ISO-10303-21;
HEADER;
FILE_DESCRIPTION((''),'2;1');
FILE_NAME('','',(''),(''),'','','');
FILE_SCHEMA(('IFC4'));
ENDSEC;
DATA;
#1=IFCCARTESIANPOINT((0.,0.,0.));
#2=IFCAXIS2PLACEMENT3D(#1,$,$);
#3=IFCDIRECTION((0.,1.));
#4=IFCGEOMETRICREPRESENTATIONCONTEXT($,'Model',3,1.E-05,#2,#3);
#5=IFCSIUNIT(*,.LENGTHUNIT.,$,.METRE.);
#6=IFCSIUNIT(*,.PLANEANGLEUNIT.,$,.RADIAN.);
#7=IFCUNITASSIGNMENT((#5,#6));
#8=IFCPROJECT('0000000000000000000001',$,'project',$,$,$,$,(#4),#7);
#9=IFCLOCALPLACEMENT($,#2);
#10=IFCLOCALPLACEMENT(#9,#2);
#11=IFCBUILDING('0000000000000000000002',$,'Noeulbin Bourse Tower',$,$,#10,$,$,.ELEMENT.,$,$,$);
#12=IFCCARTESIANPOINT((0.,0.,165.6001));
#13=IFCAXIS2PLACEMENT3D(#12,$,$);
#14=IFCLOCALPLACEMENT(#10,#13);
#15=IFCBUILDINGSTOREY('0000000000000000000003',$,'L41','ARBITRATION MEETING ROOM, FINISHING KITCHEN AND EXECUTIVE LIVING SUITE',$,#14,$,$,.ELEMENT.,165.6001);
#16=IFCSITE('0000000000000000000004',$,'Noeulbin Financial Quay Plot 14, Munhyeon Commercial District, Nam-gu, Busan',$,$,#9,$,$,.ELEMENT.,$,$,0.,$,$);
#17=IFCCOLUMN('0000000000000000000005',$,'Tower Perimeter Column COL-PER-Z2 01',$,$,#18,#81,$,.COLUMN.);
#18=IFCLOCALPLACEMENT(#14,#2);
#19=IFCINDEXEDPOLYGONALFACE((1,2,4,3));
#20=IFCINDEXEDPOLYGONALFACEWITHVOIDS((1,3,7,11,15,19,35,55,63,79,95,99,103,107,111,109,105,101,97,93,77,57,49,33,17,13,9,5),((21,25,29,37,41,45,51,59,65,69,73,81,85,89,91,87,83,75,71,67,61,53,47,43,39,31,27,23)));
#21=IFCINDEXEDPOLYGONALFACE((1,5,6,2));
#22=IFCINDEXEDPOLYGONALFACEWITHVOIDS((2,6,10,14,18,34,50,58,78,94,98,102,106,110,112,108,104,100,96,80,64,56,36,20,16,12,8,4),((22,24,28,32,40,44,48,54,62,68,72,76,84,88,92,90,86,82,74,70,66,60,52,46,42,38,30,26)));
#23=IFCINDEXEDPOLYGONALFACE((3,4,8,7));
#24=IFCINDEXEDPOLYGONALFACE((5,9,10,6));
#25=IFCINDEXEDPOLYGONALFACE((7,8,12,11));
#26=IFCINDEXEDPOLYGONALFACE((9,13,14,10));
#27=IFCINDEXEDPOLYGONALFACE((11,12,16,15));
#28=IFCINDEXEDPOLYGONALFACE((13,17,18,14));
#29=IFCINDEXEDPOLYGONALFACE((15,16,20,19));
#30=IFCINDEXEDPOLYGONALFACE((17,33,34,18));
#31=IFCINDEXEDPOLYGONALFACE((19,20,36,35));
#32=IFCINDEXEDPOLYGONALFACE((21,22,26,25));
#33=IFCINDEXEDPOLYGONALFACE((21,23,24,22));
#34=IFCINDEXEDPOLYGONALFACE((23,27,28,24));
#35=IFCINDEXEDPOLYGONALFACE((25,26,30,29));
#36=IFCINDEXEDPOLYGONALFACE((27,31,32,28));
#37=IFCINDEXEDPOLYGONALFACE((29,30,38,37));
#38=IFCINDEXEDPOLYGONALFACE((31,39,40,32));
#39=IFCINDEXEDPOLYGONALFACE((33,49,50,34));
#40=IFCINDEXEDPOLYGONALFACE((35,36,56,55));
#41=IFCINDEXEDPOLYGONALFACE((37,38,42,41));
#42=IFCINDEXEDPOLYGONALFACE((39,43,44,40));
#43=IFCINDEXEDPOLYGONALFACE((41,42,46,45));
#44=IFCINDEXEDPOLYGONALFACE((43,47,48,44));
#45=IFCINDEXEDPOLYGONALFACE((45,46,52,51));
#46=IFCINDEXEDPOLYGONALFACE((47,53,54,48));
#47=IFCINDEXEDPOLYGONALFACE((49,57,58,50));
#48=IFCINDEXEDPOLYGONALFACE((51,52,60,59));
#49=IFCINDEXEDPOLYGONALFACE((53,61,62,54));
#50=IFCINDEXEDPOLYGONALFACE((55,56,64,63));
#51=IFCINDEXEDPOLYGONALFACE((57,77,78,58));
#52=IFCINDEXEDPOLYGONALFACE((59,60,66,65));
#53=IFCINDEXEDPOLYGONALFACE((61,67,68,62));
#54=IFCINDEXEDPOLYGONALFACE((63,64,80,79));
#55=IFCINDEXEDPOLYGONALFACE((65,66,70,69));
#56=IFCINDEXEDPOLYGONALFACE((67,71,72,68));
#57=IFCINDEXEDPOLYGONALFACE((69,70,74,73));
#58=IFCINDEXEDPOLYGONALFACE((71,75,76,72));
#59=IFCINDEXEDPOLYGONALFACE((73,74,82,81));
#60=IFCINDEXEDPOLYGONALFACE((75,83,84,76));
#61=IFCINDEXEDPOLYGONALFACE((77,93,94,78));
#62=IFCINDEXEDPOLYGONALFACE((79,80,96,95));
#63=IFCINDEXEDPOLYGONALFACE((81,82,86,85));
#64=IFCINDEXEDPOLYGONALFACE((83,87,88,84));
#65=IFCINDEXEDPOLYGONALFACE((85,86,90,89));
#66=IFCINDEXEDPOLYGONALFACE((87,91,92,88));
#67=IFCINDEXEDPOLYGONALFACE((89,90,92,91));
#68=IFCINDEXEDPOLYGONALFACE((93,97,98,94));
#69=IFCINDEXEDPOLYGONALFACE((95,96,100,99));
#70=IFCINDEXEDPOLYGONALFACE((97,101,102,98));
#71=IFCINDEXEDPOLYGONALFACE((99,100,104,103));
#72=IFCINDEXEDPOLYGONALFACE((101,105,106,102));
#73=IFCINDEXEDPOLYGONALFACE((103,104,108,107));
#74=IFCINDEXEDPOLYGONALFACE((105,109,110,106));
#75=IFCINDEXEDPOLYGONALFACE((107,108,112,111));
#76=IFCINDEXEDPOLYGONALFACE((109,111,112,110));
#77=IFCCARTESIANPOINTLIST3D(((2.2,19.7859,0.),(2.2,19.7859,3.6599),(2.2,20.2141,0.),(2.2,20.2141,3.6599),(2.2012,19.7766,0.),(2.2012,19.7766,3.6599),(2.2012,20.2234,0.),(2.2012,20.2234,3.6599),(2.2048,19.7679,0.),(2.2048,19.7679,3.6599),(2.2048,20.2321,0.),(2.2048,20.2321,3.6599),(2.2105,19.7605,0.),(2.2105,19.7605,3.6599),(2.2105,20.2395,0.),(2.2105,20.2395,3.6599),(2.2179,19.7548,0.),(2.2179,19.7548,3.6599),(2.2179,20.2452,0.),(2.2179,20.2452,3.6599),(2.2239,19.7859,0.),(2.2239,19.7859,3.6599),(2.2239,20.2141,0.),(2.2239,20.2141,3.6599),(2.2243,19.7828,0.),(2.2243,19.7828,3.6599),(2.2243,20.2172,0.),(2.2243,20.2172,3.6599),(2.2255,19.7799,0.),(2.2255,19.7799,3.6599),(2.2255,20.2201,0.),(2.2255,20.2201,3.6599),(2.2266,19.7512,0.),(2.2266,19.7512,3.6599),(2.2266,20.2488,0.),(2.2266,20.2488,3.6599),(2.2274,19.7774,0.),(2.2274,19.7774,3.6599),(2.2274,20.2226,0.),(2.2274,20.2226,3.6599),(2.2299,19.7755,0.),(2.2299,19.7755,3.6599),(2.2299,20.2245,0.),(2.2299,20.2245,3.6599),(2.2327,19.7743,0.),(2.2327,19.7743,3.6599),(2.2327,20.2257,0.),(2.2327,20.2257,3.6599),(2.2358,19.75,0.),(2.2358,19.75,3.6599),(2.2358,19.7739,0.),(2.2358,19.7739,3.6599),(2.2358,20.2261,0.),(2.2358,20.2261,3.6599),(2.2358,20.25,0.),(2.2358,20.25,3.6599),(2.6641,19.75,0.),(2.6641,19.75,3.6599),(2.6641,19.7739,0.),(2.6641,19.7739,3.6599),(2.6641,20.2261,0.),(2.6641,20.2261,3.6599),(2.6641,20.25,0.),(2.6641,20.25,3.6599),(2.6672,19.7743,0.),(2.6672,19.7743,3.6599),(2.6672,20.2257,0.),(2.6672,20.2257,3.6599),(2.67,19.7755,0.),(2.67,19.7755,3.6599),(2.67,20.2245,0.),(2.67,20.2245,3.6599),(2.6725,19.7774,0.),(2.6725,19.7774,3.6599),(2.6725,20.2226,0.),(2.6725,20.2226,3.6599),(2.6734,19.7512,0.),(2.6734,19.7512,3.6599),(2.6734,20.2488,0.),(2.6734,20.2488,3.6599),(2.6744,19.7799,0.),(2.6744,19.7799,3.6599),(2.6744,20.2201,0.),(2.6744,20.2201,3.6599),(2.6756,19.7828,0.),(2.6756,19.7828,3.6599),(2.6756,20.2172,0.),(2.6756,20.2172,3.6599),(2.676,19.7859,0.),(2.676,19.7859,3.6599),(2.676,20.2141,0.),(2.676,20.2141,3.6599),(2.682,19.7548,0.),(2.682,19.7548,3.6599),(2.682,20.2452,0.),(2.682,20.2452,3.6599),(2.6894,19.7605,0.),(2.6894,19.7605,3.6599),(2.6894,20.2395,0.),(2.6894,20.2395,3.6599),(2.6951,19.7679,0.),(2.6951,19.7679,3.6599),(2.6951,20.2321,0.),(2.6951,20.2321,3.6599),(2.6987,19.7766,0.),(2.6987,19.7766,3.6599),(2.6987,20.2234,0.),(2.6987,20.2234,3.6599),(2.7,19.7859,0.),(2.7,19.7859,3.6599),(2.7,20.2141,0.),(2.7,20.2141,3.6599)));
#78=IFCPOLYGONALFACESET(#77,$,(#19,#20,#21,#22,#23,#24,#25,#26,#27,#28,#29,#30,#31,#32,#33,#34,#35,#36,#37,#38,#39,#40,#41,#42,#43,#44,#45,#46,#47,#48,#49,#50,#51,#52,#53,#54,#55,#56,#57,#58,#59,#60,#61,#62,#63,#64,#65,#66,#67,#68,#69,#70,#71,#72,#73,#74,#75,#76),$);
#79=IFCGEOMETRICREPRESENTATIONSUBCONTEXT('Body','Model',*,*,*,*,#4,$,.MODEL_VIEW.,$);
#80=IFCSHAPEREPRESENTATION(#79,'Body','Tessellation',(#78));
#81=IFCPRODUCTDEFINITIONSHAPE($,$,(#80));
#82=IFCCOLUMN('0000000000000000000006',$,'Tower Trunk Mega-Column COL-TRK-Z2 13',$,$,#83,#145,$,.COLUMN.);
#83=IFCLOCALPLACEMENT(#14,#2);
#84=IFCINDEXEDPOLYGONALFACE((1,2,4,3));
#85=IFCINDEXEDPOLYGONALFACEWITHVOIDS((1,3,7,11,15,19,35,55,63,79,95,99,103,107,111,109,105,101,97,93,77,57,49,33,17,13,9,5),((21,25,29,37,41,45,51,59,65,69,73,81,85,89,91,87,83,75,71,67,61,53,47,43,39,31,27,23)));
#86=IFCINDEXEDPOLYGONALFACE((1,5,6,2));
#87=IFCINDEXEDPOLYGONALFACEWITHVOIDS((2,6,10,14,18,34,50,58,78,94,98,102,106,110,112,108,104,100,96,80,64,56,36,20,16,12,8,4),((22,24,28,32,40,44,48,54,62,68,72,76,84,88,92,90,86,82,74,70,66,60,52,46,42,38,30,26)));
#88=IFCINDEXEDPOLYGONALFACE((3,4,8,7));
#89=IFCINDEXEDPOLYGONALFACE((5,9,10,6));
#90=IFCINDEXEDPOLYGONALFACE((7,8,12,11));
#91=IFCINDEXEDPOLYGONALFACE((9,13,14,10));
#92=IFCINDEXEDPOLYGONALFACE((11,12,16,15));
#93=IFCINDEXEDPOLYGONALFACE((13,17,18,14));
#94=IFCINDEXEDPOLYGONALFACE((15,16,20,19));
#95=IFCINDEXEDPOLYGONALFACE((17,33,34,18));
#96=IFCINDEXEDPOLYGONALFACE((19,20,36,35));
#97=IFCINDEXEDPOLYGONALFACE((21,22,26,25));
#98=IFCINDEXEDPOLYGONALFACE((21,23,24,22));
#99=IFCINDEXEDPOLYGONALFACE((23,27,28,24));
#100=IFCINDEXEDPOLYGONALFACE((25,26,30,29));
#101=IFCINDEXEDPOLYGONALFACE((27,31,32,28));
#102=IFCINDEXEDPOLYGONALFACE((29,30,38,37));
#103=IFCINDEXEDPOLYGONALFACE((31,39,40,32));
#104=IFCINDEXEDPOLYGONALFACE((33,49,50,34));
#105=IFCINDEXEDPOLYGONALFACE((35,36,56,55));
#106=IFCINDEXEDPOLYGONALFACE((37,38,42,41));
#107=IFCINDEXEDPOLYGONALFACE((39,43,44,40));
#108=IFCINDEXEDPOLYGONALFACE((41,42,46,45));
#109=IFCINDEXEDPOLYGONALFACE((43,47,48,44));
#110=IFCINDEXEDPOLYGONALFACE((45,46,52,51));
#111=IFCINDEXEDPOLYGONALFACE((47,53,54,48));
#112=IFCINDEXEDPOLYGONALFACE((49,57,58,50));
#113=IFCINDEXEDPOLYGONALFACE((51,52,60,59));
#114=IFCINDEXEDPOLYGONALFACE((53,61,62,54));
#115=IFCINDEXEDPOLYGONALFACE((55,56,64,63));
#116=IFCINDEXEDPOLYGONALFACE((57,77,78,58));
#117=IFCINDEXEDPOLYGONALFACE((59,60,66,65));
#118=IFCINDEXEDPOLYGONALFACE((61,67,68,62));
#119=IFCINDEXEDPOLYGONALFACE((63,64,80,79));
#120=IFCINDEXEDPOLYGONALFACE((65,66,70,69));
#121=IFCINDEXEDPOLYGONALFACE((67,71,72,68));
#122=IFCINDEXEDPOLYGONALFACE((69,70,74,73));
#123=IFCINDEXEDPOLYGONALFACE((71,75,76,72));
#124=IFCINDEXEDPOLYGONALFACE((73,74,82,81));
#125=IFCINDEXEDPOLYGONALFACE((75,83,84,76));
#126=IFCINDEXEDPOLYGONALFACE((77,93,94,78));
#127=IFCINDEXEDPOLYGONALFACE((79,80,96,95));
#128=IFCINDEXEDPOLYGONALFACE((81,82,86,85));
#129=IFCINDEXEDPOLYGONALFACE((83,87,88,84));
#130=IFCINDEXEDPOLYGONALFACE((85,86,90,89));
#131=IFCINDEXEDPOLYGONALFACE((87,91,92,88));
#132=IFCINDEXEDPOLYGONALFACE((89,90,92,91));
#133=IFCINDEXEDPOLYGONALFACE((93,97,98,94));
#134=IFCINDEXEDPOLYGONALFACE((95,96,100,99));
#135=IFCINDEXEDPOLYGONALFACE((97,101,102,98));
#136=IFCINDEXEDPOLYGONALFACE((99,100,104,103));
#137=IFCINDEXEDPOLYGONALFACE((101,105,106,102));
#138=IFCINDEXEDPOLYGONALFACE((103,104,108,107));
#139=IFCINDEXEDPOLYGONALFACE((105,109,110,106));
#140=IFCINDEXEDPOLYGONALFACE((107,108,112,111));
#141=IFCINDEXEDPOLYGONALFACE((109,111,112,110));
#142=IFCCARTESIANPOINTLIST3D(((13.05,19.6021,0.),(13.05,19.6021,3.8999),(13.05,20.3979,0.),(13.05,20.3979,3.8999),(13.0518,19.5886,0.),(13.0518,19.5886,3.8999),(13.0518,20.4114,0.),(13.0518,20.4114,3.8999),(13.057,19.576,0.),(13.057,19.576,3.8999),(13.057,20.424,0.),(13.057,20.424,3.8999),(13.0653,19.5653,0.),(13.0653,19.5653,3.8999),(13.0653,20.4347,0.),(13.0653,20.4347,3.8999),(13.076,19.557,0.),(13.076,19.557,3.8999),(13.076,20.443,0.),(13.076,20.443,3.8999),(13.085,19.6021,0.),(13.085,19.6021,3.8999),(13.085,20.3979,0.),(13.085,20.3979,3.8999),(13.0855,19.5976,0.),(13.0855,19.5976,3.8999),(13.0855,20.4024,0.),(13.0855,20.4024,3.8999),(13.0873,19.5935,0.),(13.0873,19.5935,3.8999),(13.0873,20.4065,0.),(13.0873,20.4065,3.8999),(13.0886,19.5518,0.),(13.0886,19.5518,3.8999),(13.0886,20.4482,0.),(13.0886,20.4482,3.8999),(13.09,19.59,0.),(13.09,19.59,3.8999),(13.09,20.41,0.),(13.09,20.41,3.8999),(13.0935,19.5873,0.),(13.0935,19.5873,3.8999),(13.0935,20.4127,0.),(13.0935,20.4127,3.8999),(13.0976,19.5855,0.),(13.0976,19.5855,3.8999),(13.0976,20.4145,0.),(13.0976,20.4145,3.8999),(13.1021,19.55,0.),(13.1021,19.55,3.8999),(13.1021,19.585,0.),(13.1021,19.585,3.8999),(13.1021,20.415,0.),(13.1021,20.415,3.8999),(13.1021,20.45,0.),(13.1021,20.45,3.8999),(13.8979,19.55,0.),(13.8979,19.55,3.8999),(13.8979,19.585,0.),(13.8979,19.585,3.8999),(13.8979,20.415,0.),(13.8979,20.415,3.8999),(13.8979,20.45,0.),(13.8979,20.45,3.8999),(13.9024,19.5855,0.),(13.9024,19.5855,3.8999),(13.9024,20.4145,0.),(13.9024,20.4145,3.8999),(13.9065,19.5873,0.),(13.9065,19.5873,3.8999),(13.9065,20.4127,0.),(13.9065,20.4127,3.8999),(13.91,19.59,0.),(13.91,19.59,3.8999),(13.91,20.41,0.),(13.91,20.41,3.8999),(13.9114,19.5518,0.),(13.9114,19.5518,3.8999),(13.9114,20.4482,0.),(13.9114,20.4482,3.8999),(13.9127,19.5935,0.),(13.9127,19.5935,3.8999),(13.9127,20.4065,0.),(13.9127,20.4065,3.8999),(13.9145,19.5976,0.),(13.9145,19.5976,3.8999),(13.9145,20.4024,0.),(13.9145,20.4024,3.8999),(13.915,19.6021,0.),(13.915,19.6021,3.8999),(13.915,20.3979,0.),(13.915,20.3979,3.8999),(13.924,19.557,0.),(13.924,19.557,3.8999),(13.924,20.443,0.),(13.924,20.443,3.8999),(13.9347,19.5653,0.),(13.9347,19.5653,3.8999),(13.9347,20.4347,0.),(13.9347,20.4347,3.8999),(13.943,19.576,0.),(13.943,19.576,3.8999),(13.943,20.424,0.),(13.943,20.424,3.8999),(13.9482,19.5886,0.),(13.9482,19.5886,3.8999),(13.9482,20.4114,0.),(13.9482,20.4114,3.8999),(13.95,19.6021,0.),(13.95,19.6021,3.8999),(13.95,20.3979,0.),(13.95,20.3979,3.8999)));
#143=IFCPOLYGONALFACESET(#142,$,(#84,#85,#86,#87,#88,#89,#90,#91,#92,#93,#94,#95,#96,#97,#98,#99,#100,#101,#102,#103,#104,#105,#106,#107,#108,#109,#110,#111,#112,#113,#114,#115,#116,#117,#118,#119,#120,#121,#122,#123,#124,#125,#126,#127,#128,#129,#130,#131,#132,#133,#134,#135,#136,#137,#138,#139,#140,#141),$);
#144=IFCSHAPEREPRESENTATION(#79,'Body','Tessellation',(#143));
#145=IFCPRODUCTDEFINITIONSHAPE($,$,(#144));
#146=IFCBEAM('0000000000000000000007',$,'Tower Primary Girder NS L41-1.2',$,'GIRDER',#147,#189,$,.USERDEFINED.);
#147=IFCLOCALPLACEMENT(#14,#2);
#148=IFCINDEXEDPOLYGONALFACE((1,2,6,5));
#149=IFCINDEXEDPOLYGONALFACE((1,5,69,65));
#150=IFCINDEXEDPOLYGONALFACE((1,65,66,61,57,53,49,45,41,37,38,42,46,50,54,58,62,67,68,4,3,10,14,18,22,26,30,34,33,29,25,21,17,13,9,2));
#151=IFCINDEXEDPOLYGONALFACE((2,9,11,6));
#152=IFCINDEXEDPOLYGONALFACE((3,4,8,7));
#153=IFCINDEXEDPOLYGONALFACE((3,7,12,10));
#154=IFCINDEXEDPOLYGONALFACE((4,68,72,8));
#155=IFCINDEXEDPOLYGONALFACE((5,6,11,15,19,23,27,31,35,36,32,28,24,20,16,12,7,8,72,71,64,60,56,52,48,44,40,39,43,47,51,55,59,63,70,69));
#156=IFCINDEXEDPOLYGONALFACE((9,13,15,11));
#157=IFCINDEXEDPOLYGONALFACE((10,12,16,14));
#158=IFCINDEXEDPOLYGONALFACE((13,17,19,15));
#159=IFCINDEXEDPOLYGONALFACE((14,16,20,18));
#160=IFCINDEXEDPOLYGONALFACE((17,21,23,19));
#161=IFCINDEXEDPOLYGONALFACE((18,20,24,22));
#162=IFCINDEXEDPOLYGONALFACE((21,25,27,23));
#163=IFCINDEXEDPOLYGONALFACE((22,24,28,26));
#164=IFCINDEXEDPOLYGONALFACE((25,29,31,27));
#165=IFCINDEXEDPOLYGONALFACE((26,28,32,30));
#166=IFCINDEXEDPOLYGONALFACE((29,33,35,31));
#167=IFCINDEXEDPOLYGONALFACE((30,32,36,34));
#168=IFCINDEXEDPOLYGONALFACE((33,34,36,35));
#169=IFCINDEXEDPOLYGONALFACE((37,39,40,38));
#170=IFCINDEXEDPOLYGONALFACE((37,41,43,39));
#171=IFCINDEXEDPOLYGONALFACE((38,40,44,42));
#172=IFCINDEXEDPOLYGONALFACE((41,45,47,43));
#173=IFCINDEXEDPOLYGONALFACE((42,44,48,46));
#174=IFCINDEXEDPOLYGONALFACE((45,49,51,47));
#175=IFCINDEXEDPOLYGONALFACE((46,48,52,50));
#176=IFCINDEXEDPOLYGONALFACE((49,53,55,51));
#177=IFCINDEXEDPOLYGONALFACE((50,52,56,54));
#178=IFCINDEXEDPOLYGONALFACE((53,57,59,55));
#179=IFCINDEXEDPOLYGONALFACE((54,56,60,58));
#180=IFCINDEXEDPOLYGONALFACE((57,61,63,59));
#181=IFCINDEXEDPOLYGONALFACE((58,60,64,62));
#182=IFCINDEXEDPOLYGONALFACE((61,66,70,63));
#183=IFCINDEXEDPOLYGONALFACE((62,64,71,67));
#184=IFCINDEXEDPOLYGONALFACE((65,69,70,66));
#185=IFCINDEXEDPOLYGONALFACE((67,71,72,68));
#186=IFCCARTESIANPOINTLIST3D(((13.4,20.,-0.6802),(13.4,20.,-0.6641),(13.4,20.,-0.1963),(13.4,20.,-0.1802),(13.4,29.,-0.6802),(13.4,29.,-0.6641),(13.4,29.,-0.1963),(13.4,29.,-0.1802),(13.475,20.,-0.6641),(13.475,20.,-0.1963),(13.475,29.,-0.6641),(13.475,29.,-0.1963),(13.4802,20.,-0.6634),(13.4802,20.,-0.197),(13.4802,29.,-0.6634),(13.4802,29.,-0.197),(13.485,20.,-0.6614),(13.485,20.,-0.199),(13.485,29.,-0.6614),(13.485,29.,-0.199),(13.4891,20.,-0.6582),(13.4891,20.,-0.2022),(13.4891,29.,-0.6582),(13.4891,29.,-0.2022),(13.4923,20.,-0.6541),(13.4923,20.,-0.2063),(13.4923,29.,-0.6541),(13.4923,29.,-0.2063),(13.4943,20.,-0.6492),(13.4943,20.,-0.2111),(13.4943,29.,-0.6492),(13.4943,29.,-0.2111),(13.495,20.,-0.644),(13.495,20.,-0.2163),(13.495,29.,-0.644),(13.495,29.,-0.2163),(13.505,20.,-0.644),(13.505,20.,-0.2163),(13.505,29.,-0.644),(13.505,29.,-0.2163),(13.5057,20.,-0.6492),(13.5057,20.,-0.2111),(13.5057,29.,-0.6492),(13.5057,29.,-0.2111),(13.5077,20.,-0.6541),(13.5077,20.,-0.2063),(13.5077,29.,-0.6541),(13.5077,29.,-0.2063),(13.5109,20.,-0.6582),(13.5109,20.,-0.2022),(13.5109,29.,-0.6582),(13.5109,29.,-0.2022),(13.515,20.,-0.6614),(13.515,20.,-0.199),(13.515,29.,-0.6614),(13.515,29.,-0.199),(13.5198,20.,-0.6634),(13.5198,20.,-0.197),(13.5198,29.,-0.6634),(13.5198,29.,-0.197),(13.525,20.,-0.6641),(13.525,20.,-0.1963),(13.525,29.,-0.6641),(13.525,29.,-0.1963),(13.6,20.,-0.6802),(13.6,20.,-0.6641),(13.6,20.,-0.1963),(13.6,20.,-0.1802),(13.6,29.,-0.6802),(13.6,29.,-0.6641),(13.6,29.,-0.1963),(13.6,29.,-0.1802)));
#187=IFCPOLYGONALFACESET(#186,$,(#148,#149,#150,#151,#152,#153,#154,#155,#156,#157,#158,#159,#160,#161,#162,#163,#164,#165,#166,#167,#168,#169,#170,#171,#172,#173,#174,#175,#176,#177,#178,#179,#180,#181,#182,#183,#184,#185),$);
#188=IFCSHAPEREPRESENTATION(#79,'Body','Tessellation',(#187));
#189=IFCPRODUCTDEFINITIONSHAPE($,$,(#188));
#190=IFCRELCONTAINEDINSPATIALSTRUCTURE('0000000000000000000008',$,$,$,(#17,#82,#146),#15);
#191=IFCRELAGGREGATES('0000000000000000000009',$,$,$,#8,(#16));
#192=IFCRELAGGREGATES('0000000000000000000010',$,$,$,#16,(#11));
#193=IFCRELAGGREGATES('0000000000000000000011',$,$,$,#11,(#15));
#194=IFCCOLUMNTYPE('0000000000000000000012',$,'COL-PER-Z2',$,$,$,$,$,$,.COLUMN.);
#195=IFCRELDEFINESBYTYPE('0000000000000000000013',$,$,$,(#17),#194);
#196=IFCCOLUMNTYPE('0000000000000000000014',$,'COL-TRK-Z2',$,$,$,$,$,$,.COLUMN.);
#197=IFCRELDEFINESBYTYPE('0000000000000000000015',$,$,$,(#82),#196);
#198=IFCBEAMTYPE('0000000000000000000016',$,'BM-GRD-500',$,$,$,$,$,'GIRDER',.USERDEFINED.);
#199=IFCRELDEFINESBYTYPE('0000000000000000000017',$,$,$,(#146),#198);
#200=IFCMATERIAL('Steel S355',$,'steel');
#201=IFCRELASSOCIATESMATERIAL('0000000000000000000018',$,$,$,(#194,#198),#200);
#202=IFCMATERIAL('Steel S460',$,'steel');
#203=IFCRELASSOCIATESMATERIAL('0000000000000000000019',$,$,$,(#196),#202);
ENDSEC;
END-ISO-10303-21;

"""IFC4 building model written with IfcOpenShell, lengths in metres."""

from ifc_helpers import new_model, si_unit, direction, frame, origin, origin_2d, place, context, subcontext, project, spatial, hollow_rectangle, i_section, extrude, material, material_profile, profile_set, type_object, element, save


model = new_model("IFC4")

# Units and contexts
model_context = context("Model", 3, precision=1e-05, world=origin(), true_north=direction((0.0, 1.0)))
body_context = subcontext(model_context, "Body", "Model", "MODEL_VIEW")
ifc_project = project(units=[si_unit("LENGTHUNIT", "METRE"), si_unit("PLANEANGLEUNIT", "RADIAN")], contexts=[model_context])

# Site, building, storey
site_placement = place(None, origin())
site = spatial("IfcSite", under=ifc_project, at=site_placement, Name="Noeulbin Financial Quay Plot 14, Munhyeon Commercial District, Nam-gu, Busan", CompositionType="ELEMENT", RefElevation=0.0)
building_placement = place(site_placement, origin())
building = spatial("IfcBuilding", under=site, at=building_placement, Name="Noeulbin Bourse Tower", CompositionType="ELEMENT")
storey_placement = place(building_placement, frame((0.0, 0.0, 165.6001)))
storey = spatial("IfcBuildingStorey", under=building, at=storey_placement, Name="L41", Description="ARBITRATION MEETING ROOM, FINISHING KITCHEN AND EXECUTIVE LIVING SUITE", CompositionType="ELEMENT", Elevation=165.6001)

# Columns
ifc_material_1 = material(Name="Steel S355", Category="steel")
ifc_material_profile_1 = material_profile(ifc_material_1, hollow_rectangle(XDim=0.5, YDim=0.5, WallThickness=0.0239, InnerFilletRadius=0.012, OuterFilletRadius=0.0359, at=origin_2d()), Name="BOX-500x500x24", Category="LoadBearing")
ifc_profile_set_1 = profile_set([ifc_material_profile_1], Name="Steel S355")
column_type_1 = type_object("IfcColumnType", Name="COL-PER-Z2", PredefinedType="COLUMN", material=ifc_profile_set_1)
column_1_placement = place(storey_placement, frame((2.45, 20.0, 0.0), z_axis=(0.0, 0.0, 1.0), x_axis=(1.0, 0.0, 0.0)))
element("IfcColumn", 1, at=column_1_placement, inside=storey, type_object=column_type_1, Name="Tower Perimeter Column COL-PER-Z2 01", PredefinedType="COLUMN", context=body_context, shape_type="SweptSolid", body=[
    extrude(hollow_rectangle(XDim=0.5, YDim=0.5, WallThickness=0.0239, InnerFilletRadius=0.012, OuterFilletRadius=0.0359, at=origin_2d()), origin(), (0.0, 0.0, 1.0), 3.6599),
])
ifc_material_2 = material(Name="Steel S460", Category="steel")
ifc_material_profile_2 = material_profile(ifc_material_2, hollow_rectangle(XDim=0.8999, YDim=0.8999, WallThickness=0.0349, InnerFilletRadius=0.0171, OuterFilletRadius=0.052, at=origin_2d()), Name="BOX-900x900x35", Category="LoadBearing")
ifc_profile_set_2 = profile_set([ifc_material_profile_2], Name="Steel S460")
column_type_2 = type_object("IfcColumnType", Name="COL-TRK-Z2", PredefinedType="COLUMN", material=ifc_profile_set_2)
column_2_placement = place(storey_placement, frame((13.5, 20.0, 0.0), z_axis=(0.0, 0.0, 1.0), x_axis=(1.0, 0.0, 0.0)))
element("IfcColumn", 2, at=column_2_placement, inside=storey, type_object=column_type_2, Name="Tower Trunk Mega-Column COL-TRK-Z2 13", PredefinedType="COLUMN", context=body_context, shape_type="SweptSolid", body=[
    extrude(hollow_rectangle(XDim=0.8999, YDim=0.8999, WallThickness=0.0349, InnerFilletRadius=0.0171, OuterFilletRadius=0.052, at=origin_2d()), origin(), (0.0, 0.0, 1.0), 3.8999),
])

# Beam
ifc_material_profile_3 = material_profile(ifc_material_1, i_section(OverallWidth=0.2, OverallDepth=0.5, WebThickness=0.01, FlangeThickness=0.0161, FilletRadius=0.02, at=origin_2d()), Name="H-500x200x10x16", Category="LoadBearing")
ifc_profile_set_3 = profile_set([ifc_material_profile_3], Name="Steel S355")
beam_type_1 = type_object("IfcBeamType", Name="BM-GRD-500", ElementType="GIRDER", PredefinedType="USERDEFINED", material=ifc_profile_set_3)
beam_1_placement = place(storey_placement, frame((13.5, 20.0, -0.4302), z_axis=(0.0, 1.0, 0.0), x_axis=(-1.0, 0.0, 0.0)))
element("IfcBeam", 3, at=beam_1_placement, inside=storey, type_object=beam_type_1, Name="Tower Primary Girder NS L41-1.2", ObjectType="GIRDER", PredefinedType="USERDEFINED", context=body_context, shape_type="SweptSolid", body=[
    extrude(i_section(OverallWidth=0.2, OverallDepth=0.5, WebThickness=0.01, FlangeThickness=0.0161, FilletRadius=0.02, at=origin_2d()), origin(), (0.0, 0.0, 1.0), 9.0),
])

save(model, "model.ifc")
